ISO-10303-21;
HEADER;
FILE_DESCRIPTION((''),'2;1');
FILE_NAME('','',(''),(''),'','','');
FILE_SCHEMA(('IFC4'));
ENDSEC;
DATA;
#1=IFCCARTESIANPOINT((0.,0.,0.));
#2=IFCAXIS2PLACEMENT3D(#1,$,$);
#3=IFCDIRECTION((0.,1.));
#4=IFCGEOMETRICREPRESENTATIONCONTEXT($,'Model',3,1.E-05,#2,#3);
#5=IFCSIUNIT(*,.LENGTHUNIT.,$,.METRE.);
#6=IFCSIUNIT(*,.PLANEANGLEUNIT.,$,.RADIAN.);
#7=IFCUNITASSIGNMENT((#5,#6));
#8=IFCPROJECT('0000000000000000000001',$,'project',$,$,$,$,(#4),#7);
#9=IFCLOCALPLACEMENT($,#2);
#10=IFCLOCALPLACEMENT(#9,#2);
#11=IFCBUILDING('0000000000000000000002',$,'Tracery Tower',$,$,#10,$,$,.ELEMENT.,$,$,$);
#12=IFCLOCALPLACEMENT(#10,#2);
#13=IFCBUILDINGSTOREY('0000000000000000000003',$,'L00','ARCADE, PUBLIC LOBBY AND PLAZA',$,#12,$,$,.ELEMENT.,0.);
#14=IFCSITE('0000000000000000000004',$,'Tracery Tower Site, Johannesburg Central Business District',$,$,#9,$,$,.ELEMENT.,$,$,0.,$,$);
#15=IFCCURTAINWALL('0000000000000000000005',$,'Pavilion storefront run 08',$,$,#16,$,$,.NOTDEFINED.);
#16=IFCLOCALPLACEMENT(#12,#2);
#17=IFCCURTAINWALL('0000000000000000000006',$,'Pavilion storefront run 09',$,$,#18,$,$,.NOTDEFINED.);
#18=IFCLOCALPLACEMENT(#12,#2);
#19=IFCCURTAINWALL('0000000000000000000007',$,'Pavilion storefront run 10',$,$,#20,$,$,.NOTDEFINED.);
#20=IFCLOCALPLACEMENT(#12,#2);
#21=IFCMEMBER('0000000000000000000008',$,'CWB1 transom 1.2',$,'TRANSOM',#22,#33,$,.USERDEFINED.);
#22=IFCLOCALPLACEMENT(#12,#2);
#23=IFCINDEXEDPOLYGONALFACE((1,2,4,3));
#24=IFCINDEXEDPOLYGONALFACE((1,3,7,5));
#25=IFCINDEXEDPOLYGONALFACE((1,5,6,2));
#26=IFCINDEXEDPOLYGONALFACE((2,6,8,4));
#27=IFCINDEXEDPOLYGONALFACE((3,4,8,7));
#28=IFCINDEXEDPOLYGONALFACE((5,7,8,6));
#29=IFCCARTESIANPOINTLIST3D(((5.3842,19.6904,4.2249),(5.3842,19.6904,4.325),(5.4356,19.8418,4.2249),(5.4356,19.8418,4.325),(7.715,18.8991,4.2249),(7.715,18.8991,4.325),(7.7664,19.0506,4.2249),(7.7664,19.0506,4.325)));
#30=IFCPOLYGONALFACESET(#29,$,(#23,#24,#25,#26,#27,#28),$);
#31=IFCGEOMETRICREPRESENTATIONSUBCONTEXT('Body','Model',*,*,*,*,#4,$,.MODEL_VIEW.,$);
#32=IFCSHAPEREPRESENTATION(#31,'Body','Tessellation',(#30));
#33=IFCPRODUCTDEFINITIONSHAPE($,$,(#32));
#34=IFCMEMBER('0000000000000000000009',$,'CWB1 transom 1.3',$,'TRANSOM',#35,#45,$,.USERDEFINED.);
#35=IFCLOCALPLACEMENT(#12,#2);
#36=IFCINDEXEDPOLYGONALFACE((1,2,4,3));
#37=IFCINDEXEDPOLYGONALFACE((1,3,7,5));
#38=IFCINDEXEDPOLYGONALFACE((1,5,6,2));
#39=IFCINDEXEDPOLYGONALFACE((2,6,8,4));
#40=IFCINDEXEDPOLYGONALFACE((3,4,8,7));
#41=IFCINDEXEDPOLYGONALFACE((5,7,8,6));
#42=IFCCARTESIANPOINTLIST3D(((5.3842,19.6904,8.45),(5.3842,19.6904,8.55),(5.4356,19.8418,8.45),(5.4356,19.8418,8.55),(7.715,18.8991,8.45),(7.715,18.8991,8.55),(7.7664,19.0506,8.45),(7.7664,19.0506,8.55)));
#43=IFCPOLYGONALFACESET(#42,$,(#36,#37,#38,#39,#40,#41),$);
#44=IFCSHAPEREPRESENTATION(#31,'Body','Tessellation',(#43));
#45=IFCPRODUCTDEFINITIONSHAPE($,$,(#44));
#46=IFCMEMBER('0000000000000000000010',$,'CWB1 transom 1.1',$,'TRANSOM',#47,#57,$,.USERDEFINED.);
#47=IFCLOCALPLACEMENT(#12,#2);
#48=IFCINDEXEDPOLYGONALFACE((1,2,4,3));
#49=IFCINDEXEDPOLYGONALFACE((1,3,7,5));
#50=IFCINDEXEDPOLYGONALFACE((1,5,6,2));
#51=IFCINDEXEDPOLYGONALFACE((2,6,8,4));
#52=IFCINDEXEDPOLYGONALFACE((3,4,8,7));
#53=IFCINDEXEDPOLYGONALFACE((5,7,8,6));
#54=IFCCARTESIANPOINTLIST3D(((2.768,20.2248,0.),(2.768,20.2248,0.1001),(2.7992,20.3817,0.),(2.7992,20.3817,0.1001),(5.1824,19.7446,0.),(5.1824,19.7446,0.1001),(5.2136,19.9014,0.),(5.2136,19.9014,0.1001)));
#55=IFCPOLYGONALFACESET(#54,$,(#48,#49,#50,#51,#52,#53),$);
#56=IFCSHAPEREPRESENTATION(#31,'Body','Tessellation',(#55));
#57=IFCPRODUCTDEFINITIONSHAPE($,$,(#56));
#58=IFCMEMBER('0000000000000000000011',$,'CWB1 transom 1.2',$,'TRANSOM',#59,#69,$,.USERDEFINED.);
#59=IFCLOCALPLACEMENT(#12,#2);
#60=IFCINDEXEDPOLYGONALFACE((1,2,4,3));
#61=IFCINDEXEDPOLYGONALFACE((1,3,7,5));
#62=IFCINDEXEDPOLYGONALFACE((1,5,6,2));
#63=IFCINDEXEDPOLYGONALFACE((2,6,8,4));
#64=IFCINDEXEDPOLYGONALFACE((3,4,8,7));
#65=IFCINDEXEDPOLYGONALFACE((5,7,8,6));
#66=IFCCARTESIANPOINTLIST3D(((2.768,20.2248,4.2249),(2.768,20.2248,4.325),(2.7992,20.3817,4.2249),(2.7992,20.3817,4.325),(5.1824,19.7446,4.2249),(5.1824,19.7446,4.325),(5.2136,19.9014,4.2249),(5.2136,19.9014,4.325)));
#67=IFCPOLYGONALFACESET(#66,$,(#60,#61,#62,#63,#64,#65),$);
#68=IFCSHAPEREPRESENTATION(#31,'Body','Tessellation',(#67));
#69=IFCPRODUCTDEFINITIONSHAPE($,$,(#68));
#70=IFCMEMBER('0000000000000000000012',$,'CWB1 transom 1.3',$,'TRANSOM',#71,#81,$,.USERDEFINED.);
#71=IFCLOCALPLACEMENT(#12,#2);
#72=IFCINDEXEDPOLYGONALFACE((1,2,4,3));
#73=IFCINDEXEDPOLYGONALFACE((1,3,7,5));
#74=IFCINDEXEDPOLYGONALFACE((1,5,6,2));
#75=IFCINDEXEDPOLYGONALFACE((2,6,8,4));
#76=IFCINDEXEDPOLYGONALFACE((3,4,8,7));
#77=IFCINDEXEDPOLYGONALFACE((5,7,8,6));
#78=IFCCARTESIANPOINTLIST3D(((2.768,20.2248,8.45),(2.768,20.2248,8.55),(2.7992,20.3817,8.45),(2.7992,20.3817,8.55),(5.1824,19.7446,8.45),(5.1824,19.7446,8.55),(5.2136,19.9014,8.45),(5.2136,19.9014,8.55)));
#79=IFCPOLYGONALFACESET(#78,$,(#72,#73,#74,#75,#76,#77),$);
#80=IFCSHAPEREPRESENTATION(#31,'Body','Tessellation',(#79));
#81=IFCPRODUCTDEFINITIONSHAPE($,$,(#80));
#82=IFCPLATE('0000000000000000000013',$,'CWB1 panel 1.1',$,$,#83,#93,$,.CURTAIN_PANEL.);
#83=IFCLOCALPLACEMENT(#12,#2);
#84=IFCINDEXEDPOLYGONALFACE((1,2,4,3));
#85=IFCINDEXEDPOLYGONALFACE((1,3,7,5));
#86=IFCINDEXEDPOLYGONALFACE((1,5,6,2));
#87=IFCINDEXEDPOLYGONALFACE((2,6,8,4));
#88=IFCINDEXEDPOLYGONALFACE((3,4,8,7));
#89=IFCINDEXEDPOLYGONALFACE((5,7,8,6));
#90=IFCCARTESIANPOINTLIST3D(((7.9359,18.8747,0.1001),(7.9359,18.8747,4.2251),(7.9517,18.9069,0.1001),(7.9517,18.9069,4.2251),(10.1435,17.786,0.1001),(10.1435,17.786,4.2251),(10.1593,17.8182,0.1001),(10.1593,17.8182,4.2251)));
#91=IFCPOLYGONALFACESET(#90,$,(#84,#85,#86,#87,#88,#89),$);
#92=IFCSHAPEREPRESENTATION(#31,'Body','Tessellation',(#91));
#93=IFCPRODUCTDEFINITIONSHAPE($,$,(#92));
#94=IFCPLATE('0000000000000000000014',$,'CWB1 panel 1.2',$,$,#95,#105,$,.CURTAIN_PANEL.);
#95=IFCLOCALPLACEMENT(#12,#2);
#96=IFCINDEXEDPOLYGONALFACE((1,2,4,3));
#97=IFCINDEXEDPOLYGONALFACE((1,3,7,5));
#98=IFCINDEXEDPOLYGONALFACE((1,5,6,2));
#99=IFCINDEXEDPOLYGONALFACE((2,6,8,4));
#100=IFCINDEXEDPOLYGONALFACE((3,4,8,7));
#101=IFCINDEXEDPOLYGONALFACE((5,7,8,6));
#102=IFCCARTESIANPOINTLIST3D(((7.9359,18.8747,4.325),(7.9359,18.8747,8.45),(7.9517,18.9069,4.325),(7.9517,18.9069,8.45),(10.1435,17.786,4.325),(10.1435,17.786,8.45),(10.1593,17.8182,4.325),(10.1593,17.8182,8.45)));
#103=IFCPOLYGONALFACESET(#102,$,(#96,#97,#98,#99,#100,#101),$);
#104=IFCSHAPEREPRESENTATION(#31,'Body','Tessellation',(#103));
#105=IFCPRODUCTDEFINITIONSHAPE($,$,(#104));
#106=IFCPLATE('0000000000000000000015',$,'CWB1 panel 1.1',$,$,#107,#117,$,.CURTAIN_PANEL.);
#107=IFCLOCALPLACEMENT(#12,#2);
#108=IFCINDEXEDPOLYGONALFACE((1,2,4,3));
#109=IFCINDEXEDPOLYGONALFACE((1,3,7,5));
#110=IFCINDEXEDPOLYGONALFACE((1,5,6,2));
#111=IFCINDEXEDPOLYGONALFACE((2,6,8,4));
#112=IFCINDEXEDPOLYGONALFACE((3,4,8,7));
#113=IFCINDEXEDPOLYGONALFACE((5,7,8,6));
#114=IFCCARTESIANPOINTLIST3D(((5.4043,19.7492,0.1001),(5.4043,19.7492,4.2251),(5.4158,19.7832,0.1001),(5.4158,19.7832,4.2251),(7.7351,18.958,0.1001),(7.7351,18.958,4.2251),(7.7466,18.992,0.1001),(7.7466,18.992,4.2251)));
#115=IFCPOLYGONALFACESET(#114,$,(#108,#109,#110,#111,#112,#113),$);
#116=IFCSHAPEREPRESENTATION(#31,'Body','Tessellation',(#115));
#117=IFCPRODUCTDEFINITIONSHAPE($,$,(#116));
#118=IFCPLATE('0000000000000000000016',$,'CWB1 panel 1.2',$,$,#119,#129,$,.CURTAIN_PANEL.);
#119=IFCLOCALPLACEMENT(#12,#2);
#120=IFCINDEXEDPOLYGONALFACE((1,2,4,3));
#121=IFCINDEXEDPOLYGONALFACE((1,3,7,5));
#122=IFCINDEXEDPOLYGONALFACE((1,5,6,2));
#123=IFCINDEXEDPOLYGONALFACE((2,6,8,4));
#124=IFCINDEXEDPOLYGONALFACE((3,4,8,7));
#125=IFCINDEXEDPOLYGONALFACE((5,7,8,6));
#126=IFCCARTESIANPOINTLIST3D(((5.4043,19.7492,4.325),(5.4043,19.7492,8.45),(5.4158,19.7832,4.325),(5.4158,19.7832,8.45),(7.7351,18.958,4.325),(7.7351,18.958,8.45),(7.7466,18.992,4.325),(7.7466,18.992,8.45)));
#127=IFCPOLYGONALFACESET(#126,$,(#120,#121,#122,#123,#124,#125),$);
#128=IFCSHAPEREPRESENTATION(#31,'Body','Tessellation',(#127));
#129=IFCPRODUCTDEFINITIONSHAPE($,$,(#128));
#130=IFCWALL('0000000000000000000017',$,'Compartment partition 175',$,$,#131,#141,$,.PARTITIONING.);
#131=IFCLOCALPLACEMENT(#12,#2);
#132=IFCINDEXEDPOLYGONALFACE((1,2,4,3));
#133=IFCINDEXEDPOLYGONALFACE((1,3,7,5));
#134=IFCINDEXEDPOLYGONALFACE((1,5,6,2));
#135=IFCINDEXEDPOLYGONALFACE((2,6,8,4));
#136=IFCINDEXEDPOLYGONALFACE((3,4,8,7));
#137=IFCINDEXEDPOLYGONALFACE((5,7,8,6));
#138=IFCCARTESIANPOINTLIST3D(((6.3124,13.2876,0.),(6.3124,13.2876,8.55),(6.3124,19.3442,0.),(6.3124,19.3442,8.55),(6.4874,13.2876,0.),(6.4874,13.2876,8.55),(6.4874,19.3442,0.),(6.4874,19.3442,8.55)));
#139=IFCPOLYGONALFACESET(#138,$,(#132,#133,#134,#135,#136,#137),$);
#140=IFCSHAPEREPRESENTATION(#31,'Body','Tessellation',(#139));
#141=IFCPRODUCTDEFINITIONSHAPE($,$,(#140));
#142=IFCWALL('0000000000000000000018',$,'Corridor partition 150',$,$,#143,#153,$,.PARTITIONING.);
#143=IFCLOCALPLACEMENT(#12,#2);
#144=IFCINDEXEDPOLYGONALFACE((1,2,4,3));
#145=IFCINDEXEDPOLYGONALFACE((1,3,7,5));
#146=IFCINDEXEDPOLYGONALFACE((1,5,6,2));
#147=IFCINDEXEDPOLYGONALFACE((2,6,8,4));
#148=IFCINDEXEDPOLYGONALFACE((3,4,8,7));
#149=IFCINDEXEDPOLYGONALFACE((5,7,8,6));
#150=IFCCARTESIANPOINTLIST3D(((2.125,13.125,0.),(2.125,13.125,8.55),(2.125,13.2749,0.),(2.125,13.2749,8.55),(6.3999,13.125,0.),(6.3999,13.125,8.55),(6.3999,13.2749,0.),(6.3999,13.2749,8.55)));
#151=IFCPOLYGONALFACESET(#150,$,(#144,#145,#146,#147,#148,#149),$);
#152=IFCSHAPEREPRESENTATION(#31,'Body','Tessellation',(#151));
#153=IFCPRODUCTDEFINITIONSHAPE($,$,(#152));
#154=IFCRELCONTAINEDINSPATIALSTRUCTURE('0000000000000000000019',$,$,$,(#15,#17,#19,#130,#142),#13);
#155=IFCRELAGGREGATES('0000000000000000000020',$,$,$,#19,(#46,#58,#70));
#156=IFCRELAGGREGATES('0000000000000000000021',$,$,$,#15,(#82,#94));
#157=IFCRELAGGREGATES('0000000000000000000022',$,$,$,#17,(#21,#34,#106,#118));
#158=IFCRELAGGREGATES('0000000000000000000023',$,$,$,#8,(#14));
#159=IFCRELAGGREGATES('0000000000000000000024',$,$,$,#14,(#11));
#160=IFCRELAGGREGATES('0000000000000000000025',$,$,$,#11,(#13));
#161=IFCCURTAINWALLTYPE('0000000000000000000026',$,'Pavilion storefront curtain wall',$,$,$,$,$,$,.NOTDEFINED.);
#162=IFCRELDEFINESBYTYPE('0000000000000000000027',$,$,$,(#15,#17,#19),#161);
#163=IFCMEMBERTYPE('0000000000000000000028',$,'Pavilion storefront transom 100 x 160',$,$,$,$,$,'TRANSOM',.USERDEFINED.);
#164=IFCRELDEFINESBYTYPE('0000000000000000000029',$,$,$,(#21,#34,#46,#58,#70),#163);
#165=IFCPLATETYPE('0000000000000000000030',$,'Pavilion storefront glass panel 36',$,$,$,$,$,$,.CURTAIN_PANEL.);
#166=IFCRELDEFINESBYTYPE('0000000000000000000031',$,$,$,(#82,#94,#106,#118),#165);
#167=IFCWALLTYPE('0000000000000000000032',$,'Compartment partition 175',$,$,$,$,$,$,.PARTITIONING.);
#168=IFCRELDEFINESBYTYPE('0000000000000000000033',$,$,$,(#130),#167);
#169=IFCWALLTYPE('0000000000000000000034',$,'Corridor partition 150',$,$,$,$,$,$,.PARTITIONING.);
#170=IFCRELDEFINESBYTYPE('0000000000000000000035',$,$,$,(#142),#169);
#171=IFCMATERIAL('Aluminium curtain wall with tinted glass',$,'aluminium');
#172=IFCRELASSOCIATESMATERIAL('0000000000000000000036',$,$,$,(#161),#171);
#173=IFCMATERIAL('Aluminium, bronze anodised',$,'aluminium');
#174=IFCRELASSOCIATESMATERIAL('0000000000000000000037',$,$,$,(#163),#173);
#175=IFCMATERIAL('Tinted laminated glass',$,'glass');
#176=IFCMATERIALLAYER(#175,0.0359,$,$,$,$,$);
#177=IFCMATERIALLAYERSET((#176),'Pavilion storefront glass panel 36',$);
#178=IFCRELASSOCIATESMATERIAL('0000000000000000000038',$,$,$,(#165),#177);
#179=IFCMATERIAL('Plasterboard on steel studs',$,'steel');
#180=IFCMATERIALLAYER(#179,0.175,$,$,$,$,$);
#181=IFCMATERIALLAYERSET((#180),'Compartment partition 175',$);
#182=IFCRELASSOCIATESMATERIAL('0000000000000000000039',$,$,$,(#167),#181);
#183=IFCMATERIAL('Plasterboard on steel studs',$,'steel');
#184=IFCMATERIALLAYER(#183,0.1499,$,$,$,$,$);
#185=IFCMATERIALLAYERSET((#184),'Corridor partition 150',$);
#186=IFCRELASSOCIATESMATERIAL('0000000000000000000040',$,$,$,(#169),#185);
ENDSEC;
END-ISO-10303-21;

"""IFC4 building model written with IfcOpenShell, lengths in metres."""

from ifc_helpers import new_model, si_unit, direction, frame, frame_2d, origin, origin_2d, place, context, subcontext, project, spatial, rectangle, extrude, material, layer, layer_set, material_profile, profile_set, type_object, element, aggregate, save


model = new_model("IFC4")

# Units and contexts
model_context = context("Model", 3, precision=1e-05, world=origin(), true_north=direction((0.0, 1.0)))
body_context = subcontext(model_context, "Body", "Model", "MODEL_VIEW")
ifc_project = project(units=[si_unit("LENGTHUNIT", "METRE"), si_unit("PLANEANGLEUNIT", "RADIAN")], contexts=[model_context])

# Site, building, storey
site_placement = place(None, origin())
site = spatial("IfcSite", under=ifc_project, at=site_placement, Name="Tracery Tower Site, Johannesburg Central Business District", CompositionType="ELEMENT", RefElevation=0.0)
building_placement = place(site_placement, origin())
building = spatial("IfcBuilding", under=site, at=building_placement, Name="Tracery Tower", CompositionType="ELEMENT")
storey_placement = place(building_placement, origin())
storey = spatial("IfcBuildingStorey", under=building, at=storey_placement, Name="L00", Description="ARCADE, PUBLIC LOBBY AND PLAZA", CompositionType="ELEMENT", Elevation=0.0)

# Curtain wall
ifc_material_1 = material(Name="Aluminium curtain wall with tinted glass", Category="aluminium")
curtain_wall_type = type_object("IfcCurtainWallType", Name="Pavilion storefront curtain wall", PredefinedType="NOTDEFINED", material=ifc_material_1)
curtain_wall_1_placement = place(storey_placement, origin())
curtain_wall_1 = element("IfcCurtainWall", 1, at=curtain_wall_1_placement, inside=storey, type_object=curtain_wall_type, Name="Pavilion storefront run 08", PredefinedType="NOTDEFINED")

# Curtain wall
curtain_wall_2_placement = place(storey_placement, origin())
curtain_wall_2 = element("IfcCurtainWall", 2, at=curtain_wall_2_placement, inside=storey, type_object=curtain_wall_type, Name="Pavilion storefront run 09", PredefinedType="NOTDEFINED")

# Curtain wall
curtain_wall_3_placement = place(storey_placement, origin())
curtain_wall_3 = element("IfcCurtainWall", 3, at=curtain_wall_3_placement, inside=storey, type_object=curtain_wall_type, Name="Pavilion storefront run 10", PredefinedType="NOTDEFINED")

# Members
ifc_material_2 = material(Name="Aluminium, bronze anodised", Category="aluminium")
ifc_material_profile_1 = material_profile(ifc_material_2, rectangle(XDim=0.1599, YDim=0.1001, at=origin_2d()), Name="Pavilion storefront transom 100 x 160")
ifc_profile_set_1 = profile_set([ifc_material_profile_1], Name="Aluminium, bronze anodised")
member_type_1 = type_object("IfcMemberType", Name="Pavilion storefront transom 100 x 160", ElementType="TRANSOM", PredefinedType="USERDEFINED", material=ifc_profile_set_1)
member_1_placement = place(storey_placement, frame((7.7407, 18.9749, 4.2749), z_axis=(-0.946923, 0.32146, 0.0), x_axis=(-0.32146, -0.946923, 0.0)))
member_1 = element("IfcMember", 4, at=member_1_placement, type_object=member_type_1, Name="CWB1 transom 1.2", ObjectType="TRANSOM", PredefinedType="USERDEFINED", context=body_context, shape_type="SweptSolid", body=[
    extrude(rectangle(XDim=0.1599, YDim=0.1001, at=origin_2d()), origin(), (0.0, 0.0, 1.0), 2.4614),
])
member_2_placement = place(storey_placement, frame((7.7407, 18.9749, 8.5), z_axis=(-0.946923, 0.32146, 0.0), x_axis=(-0.32146, -0.946923, 0.0)))
member_2 = element("IfcMember", 5, at=member_2_placement, type_object=member_type_1, Name="CWB1 transom 1.3", ObjectType="TRANSOM", PredefinedType="USERDEFINED", context=body_context, shape_type="SweptSolid", body=[
    extrude(rectangle(XDim=0.1599, YDim=0.1001, at=origin_2d()), origin(), (0.0, 0.0, 1.0), 2.4614),
])
member_3_placement = place(storey_placement, frame((5.198, 19.823, 0.05), z_axis=(-0.980786, 0.195086, 0.0), x_axis=(-0.195086, -0.980786, 0.0)))
member_3 = element("IfcMember", 6, at=member_3_placement, type_object=member_type_1, Name="CWB1 transom 1.1", ObjectType="TRANSOM", PredefinedType="USERDEFINED", context=body_context, shape_type="SweptSolid", body=[
    extrude(rectangle(XDim=0.1599, YDim=0.1001, at=origin_2d()), origin(), (0.0, 0.0, 1.0), 2.4617),
])
member_4_placement = place(storey_placement, frame((5.198, 19.823, 4.2749), z_axis=(-0.980786, 0.195086, 0.0), x_axis=(-0.195086, -0.980786, 0.0)))
member_4 = element("IfcMember", 7, at=member_4_placement, type_object=member_type_1, Name="CWB1 transom 1.2", ObjectType="TRANSOM", PredefinedType="USERDEFINED", context=body_context, shape_type="SweptSolid", body=[
    extrude(rectangle(XDim=0.1599, YDim=0.1001, at=origin_2d()), origin(), (0.0, 0.0, 1.0), 2.4617),
])
member_5_placement = place(storey_placement, frame((5.198, 19.823, 8.5), z_axis=(-0.980786, 0.195086, 0.0), x_axis=(-0.195086, -0.980786, 0.0)))
member_5 = element("IfcMember", 8, at=member_5_placement, type_object=member_type_1, Name="CWB1 transom 1.3", ObjectType="TRANSOM", PredefinedType="USERDEFINED", context=body_context, shape_type="SweptSolid", body=[
    extrude(rectangle(XDim=0.1599, YDim=0.1001, at=origin_2d()), origin(), (0.0, 0.0, 1.0), 2.4617),
])
aggregate(curtain_wall_3, [member_3, member_4, member_5])

# Plates
ifc_material_3 = material(Name="Tinted laminated glass", Category="glass")
ifc_layer_1 = layer(ifc_material_3, 0.0359)
ifc_layer_set_1 = layer_set([ifc_layer_1], Name="Pavilion storefront glass panel 36")
plate_type = type_object("IfcPlateType", Name="Pavilion storefront glass panel 36", PredefinedType="CURTAIN_PANEL", material=ifc_layer_set_1)
plate_1_placement = place(storey_placement, frame((9.0476, 18.3464, 0.1001), z_axis=(0.0, 0.0, 1.0), x_axis=(-0.896874, 0.442287, 0.0)))
plate_1 = element("IfcPlate", 9, at=plate_1_placement, type_object=plate_type, Name="CWB1 panel 1.1", PredefinedType="CURTAIN_PANEL", context=body_context, shape_type="SweptSolid", body=[
    extrude(rectangle(XDim=2.4614, YDim=0.0359, at=origin_2d()), origin(), (0.0, 0.0, 1.0), 4.125),
])
plate_2_placement = place(storey_placement, frame((9.0476, 18.3464, 4.325), z_axis=(0.0, 0.0, 1.0), x_axis=(-0.896874, 0.442287, 0.0)))
plate_2 = element("IfcPlate", 10, at=plate_2_placement, type_object=plate_type, Name="CWB1 panel 1.2", PredefinedType="CURTAIN_PANEL", context=body_context, shape_type="SweptSolid", body=[
    extrude(rectangle(XDim=2.4614, YDim=0.0359, at=origin_2d()), origin(), (0.0, 0.0, 1.0), 4.125),
])
aggregate(curtain_wall_1, [plate_1, plate_2])
plate_3_placement = place(storey_placement, frame((6.5754, 19.3706, 0.1001), z_axis=(0.0, 0.0, 1.0), x_axis=(-0.946931, 0.321435, 0.0)))
plate_3 = element("IfcPlate", 11, at=plate_3_placement, type_object=plate_type, Name="CWB1 panel 1.1", PredefinedType="CURTAIN_PANEL", context=body_context, shape_type="SweptSolid", body=[
    extrude(rectangle(XDim=2.4614, YDim=0.0359, at=origin_2d()), origin(), (0.0, 0.0, 1.0), 4.125),
])
plate_4_placement = place(storey_placement, frame((6.5754, 19.3706, 4.325), z_axis=(0.0, 0.0, 1.0), x_axis=(-0.946931, 0.321435, 0.0)))
plate_4 = element("IfcPlate", 12, at=plate_4_placement, type_object=plate_type, Name="CWB1 panel 1.2", PredefinedType="CURTAIN_PANEL", context=body_context, shape_type="SweptSolid", body=[
    extrude(rectangle(XDim=2.4614, YDim=0.0359, at=origin_2d()), origin(), (0.0, 0.0, 1.0), 4.125),
])
aggregate(curtain_wall_2, [member_1, member_2, plate_3, plate_4])

# Wall
ifc_material_4 = material(Name="Plasterboard on steel studs", Category="steel")
ifc_layer_2 = layer(ifc_material_4, 0.175)
ifc_layer_set_2 = layer_set([ifc_layer_2], Name="Compartment partition 175")
wall_type_1 = type_object("IfcWallType", Name="Compartment partition 175", PredefinedType="PARTITIONING", material=ifc_layer_set_2)
wall_1_placement = place(storey_placement, frame((6.3999, 19.3442, 0.0), z_axis=(0.0, 0.0, 1.0), x_axis=(0.0, -1.0, 0.0)))
element("IfcWall", 13, at=wall_1_placement, inside=storey, type_object=wall_type_1, Name="Compartment partition 175", PredefinedType="PARTITIONING", context=body_context, shape_type="SweptSolid", body=[
    extrude(rectangle(XDim=6.0566, YDim=0.175, at=frame_2d((3.0283, 0.0))), origin(), (0.0, 0.0, 1.0), 8.55),
])

# Wall
ifc_material_5 = material(Name="Plasterboard on steel studs", Category="steel")
ifc_layer_3 = layer(ifc_material_5, 0.1499)
ifc_layer_set_3 = layer_set([ifc_layer_3], Name="Corridor partition 150")
wall_type_2 = type_object("IfcWallType", Name="Corridor partition 150", PredefinedType="PARTITIONING", material=ifc_layer_set_3)
wall_2_placement = place(storey_placement, frame((6.3999, 13.2, 0.0), z_axis=(0.0, 0.0, 1.0), x_axis=(-1.0, 0.0, 0.0)))
element("IfcWall", 14, at=wall_2_placement, inside=storey, type_object=wall_type_2, Name="Corridor partition 150", PredefinedType="PARTITIONING", context=body_context, shape_type="SweptSolid", body=[
    extrude(rectangle(XDim=4.2749, YDim=0.1499, at=frame_2d((2.1375, 0.0))), origin(), (0.0, 0.0, 1.0), 8.55),
])

save(model, "model.ifc")
